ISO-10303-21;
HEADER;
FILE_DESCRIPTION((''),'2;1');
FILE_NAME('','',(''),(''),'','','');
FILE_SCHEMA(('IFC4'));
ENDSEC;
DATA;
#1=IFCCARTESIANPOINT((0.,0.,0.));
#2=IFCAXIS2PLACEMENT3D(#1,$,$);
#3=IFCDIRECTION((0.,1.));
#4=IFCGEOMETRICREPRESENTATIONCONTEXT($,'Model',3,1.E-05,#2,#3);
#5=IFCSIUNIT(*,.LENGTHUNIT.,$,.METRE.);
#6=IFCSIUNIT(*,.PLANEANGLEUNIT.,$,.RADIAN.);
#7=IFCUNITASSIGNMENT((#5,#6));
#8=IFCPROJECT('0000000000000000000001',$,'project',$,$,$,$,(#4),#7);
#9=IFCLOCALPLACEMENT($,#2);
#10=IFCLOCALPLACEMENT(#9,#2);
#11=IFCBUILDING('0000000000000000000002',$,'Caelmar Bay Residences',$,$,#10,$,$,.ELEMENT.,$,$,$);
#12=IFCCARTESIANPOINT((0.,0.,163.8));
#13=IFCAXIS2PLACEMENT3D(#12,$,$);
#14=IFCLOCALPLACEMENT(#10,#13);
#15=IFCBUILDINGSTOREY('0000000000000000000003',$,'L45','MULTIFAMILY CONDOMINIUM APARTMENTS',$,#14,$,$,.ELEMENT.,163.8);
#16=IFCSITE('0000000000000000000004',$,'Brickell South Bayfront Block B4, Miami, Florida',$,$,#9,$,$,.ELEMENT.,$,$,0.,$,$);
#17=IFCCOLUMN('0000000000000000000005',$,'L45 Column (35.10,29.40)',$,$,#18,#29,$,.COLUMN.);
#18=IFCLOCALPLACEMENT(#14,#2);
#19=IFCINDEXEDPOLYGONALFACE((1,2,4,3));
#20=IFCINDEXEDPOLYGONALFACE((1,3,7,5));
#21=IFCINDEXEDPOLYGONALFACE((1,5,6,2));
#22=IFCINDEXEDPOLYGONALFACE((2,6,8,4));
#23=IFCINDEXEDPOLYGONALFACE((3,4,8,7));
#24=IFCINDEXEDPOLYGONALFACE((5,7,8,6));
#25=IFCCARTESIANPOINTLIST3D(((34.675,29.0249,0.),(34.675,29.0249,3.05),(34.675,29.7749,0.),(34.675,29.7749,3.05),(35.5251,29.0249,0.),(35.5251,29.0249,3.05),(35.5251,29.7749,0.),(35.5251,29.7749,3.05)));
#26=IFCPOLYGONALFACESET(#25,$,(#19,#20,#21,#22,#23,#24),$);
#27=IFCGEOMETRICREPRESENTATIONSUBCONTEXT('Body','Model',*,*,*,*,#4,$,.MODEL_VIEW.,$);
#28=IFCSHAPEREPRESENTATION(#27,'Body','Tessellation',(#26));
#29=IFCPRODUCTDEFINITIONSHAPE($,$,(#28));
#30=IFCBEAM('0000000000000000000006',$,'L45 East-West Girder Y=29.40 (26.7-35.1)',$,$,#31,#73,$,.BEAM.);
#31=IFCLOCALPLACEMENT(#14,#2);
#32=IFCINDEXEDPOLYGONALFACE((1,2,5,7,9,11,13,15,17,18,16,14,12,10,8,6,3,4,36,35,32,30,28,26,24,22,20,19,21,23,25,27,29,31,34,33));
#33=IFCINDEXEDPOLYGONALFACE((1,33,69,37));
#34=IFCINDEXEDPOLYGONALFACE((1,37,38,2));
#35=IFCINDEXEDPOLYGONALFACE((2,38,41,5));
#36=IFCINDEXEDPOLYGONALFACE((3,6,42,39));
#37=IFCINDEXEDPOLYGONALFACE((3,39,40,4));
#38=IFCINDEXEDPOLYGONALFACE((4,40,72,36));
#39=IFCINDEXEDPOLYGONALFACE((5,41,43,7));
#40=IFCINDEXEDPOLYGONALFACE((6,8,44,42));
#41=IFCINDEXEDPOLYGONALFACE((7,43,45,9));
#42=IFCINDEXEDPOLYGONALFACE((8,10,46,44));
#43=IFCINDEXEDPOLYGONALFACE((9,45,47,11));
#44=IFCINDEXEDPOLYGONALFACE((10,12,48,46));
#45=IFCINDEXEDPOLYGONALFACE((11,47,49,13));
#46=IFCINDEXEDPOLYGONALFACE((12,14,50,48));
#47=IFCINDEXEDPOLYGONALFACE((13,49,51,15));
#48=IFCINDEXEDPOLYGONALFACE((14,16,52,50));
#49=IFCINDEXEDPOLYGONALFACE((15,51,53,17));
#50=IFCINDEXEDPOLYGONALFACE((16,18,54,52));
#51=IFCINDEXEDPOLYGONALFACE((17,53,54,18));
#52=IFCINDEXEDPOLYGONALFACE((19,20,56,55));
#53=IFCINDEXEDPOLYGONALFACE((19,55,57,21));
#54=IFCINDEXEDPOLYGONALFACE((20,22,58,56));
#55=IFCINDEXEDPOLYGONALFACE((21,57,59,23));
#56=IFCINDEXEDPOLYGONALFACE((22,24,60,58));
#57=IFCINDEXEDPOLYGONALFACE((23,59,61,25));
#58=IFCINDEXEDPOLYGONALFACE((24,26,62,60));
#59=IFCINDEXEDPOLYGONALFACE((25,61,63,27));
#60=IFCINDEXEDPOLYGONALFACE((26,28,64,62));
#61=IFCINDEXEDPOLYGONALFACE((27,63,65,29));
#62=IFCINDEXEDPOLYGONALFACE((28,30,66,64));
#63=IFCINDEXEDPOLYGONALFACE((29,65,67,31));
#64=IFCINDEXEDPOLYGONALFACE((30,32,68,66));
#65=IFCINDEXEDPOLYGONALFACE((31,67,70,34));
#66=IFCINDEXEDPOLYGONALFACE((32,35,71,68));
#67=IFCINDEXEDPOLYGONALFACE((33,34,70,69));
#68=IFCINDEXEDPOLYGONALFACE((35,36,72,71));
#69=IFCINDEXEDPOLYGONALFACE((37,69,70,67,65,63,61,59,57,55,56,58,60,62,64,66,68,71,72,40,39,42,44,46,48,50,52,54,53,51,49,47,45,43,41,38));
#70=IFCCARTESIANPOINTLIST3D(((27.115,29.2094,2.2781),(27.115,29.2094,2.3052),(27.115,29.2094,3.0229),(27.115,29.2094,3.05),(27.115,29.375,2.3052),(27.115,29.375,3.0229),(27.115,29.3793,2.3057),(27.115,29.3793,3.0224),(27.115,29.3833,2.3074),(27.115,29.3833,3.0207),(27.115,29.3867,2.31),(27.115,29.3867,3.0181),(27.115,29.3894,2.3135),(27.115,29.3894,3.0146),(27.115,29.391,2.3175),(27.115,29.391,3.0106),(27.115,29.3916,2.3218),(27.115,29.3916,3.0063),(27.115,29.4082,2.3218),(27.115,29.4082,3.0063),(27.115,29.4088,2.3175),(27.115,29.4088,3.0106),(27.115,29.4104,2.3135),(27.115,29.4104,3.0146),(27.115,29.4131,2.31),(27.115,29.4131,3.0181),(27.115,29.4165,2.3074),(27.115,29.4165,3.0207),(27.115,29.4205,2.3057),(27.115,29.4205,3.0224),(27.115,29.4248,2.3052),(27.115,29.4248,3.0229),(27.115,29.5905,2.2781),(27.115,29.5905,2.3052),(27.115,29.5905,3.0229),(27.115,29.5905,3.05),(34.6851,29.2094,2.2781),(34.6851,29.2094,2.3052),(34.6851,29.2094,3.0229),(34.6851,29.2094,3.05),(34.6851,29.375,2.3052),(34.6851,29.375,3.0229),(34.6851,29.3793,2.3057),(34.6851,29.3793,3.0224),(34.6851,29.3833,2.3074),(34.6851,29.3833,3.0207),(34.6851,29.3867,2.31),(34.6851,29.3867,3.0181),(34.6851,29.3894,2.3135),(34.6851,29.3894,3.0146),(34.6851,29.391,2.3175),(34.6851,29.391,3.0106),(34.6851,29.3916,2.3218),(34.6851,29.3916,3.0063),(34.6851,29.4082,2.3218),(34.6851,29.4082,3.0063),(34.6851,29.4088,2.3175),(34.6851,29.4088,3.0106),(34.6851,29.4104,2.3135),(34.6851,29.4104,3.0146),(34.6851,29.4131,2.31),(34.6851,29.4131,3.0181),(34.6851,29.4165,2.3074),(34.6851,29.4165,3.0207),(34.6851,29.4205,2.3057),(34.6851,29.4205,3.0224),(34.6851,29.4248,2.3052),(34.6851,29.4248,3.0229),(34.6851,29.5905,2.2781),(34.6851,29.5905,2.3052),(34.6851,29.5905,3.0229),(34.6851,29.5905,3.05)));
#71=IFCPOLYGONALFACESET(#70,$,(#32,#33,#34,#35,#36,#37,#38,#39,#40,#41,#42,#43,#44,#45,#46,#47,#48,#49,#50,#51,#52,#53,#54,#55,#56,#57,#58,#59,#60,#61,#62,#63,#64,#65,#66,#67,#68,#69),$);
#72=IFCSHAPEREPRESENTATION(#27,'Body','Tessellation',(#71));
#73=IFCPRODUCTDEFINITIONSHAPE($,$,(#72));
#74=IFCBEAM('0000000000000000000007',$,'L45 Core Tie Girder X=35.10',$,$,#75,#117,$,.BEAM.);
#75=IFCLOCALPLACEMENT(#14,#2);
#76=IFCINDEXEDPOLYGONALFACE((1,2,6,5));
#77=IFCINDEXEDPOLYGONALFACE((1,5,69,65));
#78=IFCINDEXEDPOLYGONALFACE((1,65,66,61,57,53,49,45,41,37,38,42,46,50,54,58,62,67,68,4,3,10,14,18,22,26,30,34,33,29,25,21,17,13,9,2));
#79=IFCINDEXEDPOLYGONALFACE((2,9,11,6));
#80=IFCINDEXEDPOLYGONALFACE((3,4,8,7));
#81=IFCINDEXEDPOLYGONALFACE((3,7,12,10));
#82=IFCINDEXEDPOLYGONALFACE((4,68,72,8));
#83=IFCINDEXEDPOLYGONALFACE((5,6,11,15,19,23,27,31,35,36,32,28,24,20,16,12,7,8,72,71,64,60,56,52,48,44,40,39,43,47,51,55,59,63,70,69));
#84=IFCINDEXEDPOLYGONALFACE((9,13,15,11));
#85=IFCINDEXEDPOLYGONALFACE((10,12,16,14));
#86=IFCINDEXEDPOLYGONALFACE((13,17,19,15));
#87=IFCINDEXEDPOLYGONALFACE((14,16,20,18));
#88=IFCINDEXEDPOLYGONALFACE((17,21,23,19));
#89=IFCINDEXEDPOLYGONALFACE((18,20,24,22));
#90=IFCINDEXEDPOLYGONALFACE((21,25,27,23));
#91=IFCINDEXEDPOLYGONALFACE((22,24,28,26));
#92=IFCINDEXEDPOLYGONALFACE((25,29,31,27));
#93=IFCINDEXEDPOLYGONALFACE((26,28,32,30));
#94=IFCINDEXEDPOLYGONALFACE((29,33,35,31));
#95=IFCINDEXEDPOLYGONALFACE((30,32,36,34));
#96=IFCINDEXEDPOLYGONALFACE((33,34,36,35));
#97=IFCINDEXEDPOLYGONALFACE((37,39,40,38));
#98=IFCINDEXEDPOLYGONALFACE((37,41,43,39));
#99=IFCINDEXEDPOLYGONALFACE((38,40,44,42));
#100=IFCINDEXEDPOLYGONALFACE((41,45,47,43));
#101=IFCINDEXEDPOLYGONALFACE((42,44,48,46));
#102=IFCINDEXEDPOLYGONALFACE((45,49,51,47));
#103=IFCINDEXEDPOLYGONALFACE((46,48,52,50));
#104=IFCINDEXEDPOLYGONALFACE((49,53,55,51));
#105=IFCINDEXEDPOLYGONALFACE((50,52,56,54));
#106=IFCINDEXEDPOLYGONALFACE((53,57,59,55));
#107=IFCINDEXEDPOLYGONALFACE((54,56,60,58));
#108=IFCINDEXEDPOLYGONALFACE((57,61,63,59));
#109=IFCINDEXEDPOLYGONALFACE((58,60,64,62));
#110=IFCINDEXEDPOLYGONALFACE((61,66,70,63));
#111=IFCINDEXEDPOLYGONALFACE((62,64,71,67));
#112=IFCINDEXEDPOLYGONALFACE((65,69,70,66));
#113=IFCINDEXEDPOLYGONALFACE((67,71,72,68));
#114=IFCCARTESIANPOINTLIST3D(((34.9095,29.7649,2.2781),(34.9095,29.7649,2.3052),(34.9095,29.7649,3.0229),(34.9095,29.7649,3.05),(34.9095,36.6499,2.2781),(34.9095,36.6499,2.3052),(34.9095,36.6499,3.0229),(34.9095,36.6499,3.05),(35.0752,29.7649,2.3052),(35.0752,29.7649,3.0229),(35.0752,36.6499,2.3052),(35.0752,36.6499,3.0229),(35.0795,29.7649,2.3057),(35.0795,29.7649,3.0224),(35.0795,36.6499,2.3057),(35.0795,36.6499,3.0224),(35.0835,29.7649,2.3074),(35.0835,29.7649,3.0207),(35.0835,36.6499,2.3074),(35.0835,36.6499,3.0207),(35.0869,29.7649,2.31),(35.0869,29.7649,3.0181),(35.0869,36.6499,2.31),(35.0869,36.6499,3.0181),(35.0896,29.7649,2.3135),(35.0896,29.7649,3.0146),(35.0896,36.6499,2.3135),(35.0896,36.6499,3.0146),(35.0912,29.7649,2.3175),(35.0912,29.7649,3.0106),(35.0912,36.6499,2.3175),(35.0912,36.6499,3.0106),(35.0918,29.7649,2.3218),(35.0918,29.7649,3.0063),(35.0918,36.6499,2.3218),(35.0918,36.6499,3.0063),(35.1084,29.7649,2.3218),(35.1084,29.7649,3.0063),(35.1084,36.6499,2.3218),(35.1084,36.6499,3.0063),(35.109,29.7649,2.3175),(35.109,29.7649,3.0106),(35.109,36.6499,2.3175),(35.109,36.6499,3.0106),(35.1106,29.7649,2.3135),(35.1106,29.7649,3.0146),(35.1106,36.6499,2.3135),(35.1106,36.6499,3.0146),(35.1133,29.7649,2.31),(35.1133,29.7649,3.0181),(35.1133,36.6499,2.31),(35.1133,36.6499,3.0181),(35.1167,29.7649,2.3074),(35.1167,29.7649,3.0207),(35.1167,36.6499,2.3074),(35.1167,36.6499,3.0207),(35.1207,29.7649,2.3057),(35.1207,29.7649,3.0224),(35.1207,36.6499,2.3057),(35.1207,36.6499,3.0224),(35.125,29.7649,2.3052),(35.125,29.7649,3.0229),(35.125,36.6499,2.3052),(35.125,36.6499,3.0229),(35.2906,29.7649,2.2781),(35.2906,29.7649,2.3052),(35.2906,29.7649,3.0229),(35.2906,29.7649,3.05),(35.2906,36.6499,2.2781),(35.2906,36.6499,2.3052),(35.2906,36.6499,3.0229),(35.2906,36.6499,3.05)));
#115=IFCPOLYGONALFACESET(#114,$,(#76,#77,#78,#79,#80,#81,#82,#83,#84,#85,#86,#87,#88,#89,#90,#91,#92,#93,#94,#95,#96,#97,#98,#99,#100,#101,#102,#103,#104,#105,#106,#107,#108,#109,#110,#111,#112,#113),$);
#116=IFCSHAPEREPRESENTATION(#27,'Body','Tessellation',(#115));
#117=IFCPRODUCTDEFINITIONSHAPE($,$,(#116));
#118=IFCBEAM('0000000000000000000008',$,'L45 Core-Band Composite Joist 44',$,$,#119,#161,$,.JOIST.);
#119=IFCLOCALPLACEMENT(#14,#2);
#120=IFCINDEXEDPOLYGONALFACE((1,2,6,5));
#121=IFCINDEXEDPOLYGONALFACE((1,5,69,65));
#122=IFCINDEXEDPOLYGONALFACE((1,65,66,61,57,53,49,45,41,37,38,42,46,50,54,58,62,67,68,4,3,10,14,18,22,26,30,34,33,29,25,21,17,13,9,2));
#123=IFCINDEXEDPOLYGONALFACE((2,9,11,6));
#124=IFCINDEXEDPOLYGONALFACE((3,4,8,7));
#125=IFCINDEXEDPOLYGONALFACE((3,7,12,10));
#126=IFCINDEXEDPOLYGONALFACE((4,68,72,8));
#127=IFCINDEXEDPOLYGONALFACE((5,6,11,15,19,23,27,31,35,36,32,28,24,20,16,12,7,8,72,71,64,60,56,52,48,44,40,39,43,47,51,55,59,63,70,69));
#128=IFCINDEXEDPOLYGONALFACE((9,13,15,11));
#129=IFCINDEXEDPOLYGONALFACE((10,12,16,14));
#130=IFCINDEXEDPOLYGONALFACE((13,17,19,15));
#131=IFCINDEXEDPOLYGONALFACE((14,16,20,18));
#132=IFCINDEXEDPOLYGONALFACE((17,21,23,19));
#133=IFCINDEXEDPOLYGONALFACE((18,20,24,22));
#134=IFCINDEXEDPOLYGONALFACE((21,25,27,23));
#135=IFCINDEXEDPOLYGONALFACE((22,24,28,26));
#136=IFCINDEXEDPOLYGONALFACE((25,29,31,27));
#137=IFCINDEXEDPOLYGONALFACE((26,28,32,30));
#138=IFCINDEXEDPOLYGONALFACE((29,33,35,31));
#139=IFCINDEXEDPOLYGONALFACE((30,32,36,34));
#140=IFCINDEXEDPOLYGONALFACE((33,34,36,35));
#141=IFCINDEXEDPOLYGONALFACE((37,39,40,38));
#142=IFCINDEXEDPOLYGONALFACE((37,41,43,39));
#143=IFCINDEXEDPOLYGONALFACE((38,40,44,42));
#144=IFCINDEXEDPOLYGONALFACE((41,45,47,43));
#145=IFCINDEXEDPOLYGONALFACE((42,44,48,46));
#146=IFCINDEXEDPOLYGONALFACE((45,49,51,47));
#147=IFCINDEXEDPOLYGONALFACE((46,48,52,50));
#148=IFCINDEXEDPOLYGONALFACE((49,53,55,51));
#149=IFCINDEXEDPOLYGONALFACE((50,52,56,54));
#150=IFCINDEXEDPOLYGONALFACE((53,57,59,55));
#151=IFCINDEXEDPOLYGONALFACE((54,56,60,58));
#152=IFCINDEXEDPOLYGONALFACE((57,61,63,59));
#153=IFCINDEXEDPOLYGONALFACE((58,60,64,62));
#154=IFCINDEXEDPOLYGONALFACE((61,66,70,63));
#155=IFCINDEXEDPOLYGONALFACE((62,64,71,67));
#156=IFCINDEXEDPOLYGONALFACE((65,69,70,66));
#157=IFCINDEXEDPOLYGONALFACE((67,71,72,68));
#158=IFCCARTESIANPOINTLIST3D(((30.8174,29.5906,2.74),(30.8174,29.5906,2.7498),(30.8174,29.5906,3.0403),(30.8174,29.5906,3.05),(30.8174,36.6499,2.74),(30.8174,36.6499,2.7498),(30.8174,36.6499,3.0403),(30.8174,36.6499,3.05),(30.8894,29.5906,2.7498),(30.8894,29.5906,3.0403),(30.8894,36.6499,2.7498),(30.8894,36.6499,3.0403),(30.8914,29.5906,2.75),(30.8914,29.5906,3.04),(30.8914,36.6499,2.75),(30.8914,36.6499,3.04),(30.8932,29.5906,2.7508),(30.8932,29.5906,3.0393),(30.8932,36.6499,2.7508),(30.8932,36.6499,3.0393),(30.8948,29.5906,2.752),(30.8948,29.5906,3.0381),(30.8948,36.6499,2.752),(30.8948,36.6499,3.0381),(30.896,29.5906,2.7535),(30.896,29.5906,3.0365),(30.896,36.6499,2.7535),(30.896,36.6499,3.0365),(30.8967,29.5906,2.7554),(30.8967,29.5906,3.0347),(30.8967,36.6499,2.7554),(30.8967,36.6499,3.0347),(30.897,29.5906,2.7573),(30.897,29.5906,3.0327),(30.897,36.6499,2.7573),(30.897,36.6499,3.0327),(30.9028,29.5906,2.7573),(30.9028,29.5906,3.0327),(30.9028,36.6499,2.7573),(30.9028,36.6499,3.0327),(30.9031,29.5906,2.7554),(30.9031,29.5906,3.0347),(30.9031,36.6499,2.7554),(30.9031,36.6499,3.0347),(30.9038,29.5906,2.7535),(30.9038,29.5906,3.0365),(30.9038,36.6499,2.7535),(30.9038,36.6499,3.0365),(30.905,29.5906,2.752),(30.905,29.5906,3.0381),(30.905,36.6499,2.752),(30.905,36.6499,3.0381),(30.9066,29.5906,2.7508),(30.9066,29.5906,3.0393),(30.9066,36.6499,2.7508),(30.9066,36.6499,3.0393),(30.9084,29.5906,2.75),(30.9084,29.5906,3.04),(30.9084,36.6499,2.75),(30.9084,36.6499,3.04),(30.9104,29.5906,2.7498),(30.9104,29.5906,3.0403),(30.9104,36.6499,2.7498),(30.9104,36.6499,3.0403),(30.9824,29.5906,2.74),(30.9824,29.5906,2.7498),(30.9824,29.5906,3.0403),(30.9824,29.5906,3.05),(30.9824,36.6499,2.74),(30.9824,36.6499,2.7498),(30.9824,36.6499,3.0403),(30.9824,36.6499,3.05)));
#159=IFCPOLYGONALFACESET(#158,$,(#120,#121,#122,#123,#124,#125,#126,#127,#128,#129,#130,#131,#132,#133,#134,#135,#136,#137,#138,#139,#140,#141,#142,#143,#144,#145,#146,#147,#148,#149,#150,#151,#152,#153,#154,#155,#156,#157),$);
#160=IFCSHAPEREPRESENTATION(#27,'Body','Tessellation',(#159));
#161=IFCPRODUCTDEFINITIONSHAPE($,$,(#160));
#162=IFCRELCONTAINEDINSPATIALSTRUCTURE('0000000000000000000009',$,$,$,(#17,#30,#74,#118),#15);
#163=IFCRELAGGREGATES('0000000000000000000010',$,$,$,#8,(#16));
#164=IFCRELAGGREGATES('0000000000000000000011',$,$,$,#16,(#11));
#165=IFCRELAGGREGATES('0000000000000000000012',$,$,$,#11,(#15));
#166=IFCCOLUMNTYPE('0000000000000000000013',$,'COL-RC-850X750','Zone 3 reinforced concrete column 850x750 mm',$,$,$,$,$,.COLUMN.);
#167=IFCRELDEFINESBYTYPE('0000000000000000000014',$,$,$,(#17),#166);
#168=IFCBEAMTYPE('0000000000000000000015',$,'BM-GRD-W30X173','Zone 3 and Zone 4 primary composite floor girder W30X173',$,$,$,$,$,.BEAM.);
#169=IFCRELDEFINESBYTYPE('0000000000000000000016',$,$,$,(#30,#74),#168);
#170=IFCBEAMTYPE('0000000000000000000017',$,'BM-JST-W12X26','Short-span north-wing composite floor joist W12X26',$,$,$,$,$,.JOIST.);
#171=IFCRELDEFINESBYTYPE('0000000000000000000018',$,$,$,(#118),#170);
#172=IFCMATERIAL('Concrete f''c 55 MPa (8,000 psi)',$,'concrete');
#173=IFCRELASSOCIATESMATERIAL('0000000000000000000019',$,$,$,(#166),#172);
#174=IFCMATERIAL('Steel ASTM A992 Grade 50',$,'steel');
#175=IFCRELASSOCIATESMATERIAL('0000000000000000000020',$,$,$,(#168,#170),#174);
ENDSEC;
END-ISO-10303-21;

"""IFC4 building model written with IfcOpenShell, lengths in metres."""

from ifc_helpers import new_model, si_unit, direction, frame, origin, origin_2d, place, context, subcontext, project, spatial, rectangle, i_section, extrude, material, material_profile, profile_set, type_object, element, save


model = new_model("IFC4")

# Units and contexts
model_context = context("Model", 3, precision=1e-05, world=origin(), true_north=direction((0.0, 1.0)))
body_context = subcontext(model_context, "Body", "Model", "MODEL_VIEW")
ifc_project = project(units=[si_unit("LENGTHUNIT", "METRE"), si_unit("PLANEANGLEUNIT", "RADIAN")], contexts=[model_context])

# Site, building, storey
site_placement = place(None, origin())
site = spatial("IfcSite", under=ifc_project, at=site_placement, Name="Brickell South Bayfront Block B4, Miami, Florida", CompositionType="ELEMENT", RefElevation=0.0)
building_placement = place(site_placement, origin())
building = spatial("IfcBuilding", under=site, at=building_placement, Name="Caelmar Bay Residences", CompositionType="ELEMENT")
storey_placement = place(building_placement, frame((0.0, 0.0, 163.8)))
storey = spatial("IfcBuildingStorey", under=building, at=storey_placement, Name="L45", Description="MULTIFAMILY CONDOMINIUM APARTMENTS", CompositionType="ELEMENT", Elevation=163.8)

# Column
ifc_material_1 = material(Name="Concrete f'c 55 MPa (8,000 psi)", Category="concrete")
ifc_material_profile_1 = material_profile(ifc_material_1, rectangle(XDim=0.8501, YDim=0.75, at=origin_2d()), Name="RC-COL-850X750")
ifc_profile_set_1 = profile_set([ifc_material_profile_1], Name="Concrete f'c 55 MPa (8,000 psi)")
column_type = type_object("IfcColumnType", Name="COL-RC-850X750", Description="Zone 3 reinforced concrete column 850x750 mm", PredefinedType="COLUMN", material=ifc_profile_set_1)
column_placement = place(storey_placement, frame((35.1001, 29.3999, 0.0), z_axis=(0.0, 0.0, 1.0), x_axis=(1.0, 0.0, 0.0)))
element("IfcColumn", 1, at=column_placement, inside=storey, type_object=column_type, Name="L45 Column (35.10,29.40)", PredefinedType="COLUMN", context=body_context, shape_type="SweptSolid", body=[
    extrude(rectangle(XDim=0.8501, YDim=0.75, at=origin_2d()), origin(), (0.0, 0.0, 1.0), 3.05),
])

# Beams
ifc_material_2 = material(Name="Steel ASTM A992 Grade 50", Category="steel")
ifc_material_profile_2 = material_profile(ifc_material_2, i_section(OverallWidth=0.3811, OverallDepth=0.772, WebThickness=0.0166, FlangeThickness=0.0271, FilletRadius=0.0166, at=origin_2d()), Name="W30X173")
ifc_profile_set_2 = profile_set([ifc_material_profile_2], Name="Steel ASTM A992 Grade 50")
beam_type_1 = type_object("IfcBeamType", Name="BM-GRD-W30X173", Description="Zone 3 and Zone 4 primary composite floor girder W30X173", PredefinedType="BEAM", material=ifc_profile_set_2)
beam_1_placement = place(storey_placement, frame((27.115, 29.3999, 2.6641), z_axis=(1.0, 0.0, 0.0), x_axis=(0.0, 1.0, 0.0)))
element("IfcBeam", 2, at=beam_1_placement, inside=storey, type_object=beam_type_1, Name="L45 East-West Girder Y=29.40 (26.7-35.1)", PredefinedType="BEAM", context=body_context, shape_type="SweptSolid", body=[
    extrude(i_section(OverallWidth=0.3811, OverallDepth=0.772, WebThickness=0.0166, FlangeThickness=0.0271, FilletRadius=0.0166, at=origin_2d()), origin(), (0.0, 0.0, 1.0), 7.5701),
])
beam_2_placement = place(storey_placement, frame((35.1001, 29.7649, 2.6641), z_axis=(0.0, 1.0, 0.0), x_axis=(-1.0, 0.0, 0.0)))
element("IfcBeam", 3, at=beam_2_placement, inside=storey, type_object=beam_type_1, Name="L45 Core Tie Girder X=35.10", PredefinedType="BEAM", context=body_context, shape_type="SweptSolid", body=[
    extrude(i_section(OverallWidth=0.3811, OverallDepth=0.772, WebThickness=0.0166, FlangeThickness=0.0271, FilletRadius=0.0166, at=origin_2d()), origin(), (0.0, 0.0, 1.0), 6.885),
])
ifc_material_profile_3 = material_profile(ifc_material_2, i_section(OverallWidth=0.165, OverallDepth=0.3101, WebThickness=0.0059, FlangeThickness=0.0098, FilletRadius=0.0076, at=origin_2d()), Name="W12X26")
ifc_profile_set_3 = profile_set([ifc_material_profile_3], Name="Steel ASTM A992 Grade 50")
beam_type_2 = type_object("IfcBeamType", Name="BM-JST-W12X26", Description="Short-span north-wing composite floor joist W12X26", PredefinedType="JOIST", material=ifc_profile_set_3)
beam_3_placement = place(storey_placement, frame((30.8999, 29.5906, 2.895), z_axis=(0.0, 1.0, 0.0), x_axis=(-1.0, 0.0, 0.0)))
element("IfcBeam", 4, at=beam_3_placement, inside=storey, type_object=beam_type_2, Name="L45 Core-Band Composite Joist 44", PredefinedType="JOIST", context=body_context, shape_type="SweptSolid", body=[
    extrude(i_section(OverallWidth=0.165, OverallDepth=0.3101, WebThickness=0.0059, FlangeThickness=0.0098, FilletRadius=0.0076, at=origin_2d()), origin(), (0.0, 0.0, 1.0), 7.0593),
])

save(model, "model.ifc")
